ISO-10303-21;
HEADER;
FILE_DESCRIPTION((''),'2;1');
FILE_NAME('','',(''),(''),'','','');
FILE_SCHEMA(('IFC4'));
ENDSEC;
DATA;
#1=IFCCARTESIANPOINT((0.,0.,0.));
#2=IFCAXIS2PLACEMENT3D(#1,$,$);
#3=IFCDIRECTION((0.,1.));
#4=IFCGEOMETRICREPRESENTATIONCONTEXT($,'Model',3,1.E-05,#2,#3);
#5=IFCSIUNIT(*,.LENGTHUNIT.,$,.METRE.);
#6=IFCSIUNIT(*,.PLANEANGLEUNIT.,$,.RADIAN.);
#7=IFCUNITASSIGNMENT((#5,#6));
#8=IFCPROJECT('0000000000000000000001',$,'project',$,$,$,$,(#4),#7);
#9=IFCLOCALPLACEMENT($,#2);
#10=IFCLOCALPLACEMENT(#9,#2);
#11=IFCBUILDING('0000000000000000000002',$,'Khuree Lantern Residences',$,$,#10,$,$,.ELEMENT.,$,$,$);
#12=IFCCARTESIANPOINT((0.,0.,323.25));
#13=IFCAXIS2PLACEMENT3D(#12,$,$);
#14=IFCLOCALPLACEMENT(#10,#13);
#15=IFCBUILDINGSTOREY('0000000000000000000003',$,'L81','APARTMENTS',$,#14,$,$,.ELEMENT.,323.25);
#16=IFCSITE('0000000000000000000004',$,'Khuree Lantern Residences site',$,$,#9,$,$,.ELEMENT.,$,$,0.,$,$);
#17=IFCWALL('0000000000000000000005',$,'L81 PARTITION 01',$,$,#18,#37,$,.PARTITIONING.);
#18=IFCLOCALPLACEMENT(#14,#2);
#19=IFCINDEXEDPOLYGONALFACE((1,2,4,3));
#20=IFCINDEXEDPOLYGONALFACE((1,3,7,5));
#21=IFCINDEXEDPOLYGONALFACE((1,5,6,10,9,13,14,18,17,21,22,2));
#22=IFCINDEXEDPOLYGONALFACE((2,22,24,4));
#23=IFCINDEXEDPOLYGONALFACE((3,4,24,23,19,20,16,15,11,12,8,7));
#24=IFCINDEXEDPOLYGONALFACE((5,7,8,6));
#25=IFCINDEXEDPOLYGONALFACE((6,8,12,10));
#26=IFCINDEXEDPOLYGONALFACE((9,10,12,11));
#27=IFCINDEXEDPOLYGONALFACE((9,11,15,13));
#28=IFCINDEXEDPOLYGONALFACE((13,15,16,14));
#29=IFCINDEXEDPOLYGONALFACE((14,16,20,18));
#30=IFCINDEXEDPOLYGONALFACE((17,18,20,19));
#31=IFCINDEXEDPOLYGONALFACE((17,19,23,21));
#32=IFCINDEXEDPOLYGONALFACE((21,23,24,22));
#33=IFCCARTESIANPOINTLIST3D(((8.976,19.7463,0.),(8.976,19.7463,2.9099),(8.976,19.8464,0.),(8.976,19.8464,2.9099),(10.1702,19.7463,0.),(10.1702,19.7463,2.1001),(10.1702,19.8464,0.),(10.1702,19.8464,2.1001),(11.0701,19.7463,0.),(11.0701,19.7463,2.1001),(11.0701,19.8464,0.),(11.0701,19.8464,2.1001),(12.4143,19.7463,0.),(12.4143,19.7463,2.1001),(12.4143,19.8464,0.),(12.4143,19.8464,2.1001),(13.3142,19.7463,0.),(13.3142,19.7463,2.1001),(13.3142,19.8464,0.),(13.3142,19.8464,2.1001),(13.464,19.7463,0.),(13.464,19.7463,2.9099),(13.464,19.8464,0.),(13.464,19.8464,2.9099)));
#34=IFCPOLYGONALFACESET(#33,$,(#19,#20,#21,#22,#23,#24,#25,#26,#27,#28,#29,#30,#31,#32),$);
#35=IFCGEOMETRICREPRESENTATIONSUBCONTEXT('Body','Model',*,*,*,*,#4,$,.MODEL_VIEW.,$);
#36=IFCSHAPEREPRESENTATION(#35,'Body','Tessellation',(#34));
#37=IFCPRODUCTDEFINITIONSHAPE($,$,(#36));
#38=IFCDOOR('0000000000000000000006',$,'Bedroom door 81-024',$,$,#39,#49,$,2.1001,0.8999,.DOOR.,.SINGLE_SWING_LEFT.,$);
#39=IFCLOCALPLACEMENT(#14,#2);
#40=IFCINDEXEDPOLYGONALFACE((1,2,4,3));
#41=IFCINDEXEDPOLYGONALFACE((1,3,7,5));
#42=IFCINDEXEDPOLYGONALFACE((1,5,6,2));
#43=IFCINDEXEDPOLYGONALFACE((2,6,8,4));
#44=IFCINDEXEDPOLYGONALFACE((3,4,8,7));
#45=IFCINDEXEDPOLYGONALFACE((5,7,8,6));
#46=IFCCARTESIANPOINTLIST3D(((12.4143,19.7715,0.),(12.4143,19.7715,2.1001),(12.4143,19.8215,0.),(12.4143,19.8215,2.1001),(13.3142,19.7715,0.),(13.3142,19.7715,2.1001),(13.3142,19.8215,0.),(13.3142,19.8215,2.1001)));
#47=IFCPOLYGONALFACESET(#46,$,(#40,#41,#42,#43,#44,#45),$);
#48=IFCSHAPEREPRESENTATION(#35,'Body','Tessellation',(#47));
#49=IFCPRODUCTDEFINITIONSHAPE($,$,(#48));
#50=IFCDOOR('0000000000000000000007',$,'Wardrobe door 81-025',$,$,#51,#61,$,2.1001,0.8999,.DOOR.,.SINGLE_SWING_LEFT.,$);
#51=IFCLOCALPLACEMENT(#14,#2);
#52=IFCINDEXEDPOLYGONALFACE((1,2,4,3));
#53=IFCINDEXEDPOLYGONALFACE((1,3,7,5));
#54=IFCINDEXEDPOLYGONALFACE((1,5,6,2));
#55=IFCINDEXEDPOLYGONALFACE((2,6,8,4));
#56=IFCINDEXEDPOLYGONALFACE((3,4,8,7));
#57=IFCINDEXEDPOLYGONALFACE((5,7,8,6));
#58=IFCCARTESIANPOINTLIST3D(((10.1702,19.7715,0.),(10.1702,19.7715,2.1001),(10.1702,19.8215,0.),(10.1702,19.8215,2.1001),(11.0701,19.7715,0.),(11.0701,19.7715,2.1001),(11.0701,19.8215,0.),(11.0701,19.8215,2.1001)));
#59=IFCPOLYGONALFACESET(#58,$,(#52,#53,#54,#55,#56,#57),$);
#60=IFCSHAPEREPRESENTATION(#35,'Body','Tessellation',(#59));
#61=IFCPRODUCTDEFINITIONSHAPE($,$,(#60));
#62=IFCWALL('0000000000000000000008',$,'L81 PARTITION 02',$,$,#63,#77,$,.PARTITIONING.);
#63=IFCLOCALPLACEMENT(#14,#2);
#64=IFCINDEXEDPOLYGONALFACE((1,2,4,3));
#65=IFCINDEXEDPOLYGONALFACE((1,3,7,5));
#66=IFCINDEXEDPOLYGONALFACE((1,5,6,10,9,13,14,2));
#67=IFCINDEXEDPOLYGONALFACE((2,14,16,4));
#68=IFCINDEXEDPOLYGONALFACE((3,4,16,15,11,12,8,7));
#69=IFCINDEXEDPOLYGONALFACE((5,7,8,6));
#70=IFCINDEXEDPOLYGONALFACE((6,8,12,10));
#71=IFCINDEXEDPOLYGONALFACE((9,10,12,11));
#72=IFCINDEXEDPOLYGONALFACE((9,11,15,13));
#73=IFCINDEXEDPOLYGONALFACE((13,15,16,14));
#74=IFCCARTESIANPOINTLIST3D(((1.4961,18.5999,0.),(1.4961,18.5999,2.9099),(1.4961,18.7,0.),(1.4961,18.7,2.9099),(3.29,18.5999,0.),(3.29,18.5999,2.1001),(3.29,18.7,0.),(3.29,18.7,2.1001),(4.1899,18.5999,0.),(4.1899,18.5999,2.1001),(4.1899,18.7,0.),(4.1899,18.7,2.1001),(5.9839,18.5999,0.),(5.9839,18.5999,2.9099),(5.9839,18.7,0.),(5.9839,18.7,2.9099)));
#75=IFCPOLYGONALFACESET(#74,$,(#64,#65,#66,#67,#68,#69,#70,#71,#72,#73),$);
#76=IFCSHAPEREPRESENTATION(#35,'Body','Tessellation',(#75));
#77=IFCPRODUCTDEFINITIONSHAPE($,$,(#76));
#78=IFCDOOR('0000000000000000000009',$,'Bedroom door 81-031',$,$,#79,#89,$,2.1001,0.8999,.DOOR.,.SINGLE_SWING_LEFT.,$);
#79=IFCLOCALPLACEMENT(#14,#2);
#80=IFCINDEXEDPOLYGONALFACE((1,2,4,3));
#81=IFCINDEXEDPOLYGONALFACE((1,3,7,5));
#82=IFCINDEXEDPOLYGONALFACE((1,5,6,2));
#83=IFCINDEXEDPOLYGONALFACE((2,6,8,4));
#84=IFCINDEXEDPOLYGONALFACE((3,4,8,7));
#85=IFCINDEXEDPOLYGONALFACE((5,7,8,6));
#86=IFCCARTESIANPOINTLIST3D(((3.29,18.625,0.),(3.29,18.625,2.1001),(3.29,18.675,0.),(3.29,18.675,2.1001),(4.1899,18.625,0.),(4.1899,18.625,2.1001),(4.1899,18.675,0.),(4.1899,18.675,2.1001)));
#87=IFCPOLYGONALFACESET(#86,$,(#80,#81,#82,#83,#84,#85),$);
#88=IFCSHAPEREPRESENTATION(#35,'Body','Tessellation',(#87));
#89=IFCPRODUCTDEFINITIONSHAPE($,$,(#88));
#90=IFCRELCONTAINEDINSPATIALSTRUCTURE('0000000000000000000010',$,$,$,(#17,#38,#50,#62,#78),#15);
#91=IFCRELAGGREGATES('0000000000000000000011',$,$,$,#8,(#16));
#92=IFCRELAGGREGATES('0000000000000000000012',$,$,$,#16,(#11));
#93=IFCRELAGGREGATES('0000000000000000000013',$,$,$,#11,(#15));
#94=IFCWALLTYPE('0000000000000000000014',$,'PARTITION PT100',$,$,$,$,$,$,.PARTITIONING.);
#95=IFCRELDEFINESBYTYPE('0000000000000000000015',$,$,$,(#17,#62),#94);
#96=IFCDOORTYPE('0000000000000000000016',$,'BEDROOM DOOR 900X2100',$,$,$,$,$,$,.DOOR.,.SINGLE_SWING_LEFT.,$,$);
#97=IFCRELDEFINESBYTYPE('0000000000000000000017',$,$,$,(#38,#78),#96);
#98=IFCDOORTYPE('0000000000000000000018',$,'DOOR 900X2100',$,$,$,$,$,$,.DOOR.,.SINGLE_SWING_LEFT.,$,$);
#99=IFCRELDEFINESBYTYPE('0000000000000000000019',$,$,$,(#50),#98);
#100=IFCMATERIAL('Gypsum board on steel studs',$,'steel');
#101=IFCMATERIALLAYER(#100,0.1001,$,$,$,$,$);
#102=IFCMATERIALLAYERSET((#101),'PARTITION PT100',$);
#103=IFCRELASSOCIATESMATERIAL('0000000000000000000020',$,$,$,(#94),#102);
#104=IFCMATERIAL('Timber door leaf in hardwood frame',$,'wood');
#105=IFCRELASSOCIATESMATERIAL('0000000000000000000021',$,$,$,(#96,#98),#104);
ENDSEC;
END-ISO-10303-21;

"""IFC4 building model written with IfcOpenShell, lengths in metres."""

from ifc_helpers import new_model, si_unit, direction, frame, frame_2d, origin, place, context, subcontext, project, spatial, rectangle, extrude, material, layer, layer_set, type_object, element, fill, save


model = new_model("IFC4")

# Units and contexts
model_context = context("Model", 3, precision=1e-05, world=origin(), true_north=direction((0.0, 1.0)))
body_context = subcontext(model_context, "Body", "Model", "MODEL_VIEW")
ifc_project = project(units=[si_unit("LENGTHUNIT", "METRE"), si_unit("PLANEANGLEUNIT", "RADIAN")], contexts=[model_context])

# Site, building, storey
site_placement = place(None, origin())
site = spatial("IfcSite", under=ifc_project, at=site_placement, Name="Khuree Lantern Residences site", CompositionType="ELEMENT", RefElevation=0.0)
building_placement = place(site_placement, origin())
building = spatial("IfcBuilding", under=site, at=building_placement, Name="Khuree Lantern Residences", CompositionType="ELEMENT")
storey_placement = place(building_placement, frame((0.0, 0.0, 323.25)))
storey = spatial("IfcBuildingStorey", under=building, at=storey_placement, Name="L81", Description="APARTMENTS", CompositionType="ELEMENT", Elevation=323.25)

# Shared definitions
ifc_material_1 = material(Name="Gypsum board on steel studs", Category="steel")
ifc_layer_1 = layer(ifc_material_1, 0.1001)
ifc_layer_set_1 = layer_set([ifc_layer_1], Name="PARTITION PT100")
wall_type = type_object("IfcWallType", Name="PARTITION PT100", PredefinedType="PARTITIONING", material=ifc_layer_set_1)

# Wall, openings, doors
wall_1_placement = place(storey_placement, frame((13.4641, 19.7964, 0.0), z_axis=(0.0, 0.0, 1.0), x_axis=(-1.0, 0.0, 0.0)))
wall_1 = element("IfcWall", 1, at=wall_1_placement, inside=storey, type_object=wall_type, Name="L81 PARTITION 01", PredefinedType="PARTITIONING", context=body_context, shape_type="SweptSolid", body=[
    extrude(rectangle(XDim=4.488, YDim=0.1001, at=frame_2d((2.2441, 0.0))), origin(), (0.0, 0.0, 1.0), 2.9099),
])
opening_1_placement = place(wall_1_placement, frame((0.1499, 0.0, 0.0)))
opening_1 = element("IfcOpeningElement", 2, at=opening_1_placement, cuts=wall_1, PredefinedType="OPENING", context=body_context, shape_type="SweptSolid", body=[
    extrude(rectangle(XDim=0.8999, YDim=2.1001, at=frame_2d((0.45, 1.05))), frame((0.0, 0.0601, 0.0), z_axis=(0.0, -1.0, 0.0), x_axis=(1.0, 0.0, 0.0)), (0.0, 0.0, 1.0), 0.1201),
])
opening_2_placement = place(wall_1_placement, frame((2.394, 0.0, 0.0)))
opening_2 = element("IfcOpeningElement", 3, at=opening_2_placement, cuts=wall_1, PredefinedType="OPENING", context=body_context, shape_type="SweptSolid", body=[
    extrude(rectangle(XDim=0.8999, YDim=2.1001, at=frame_2d((0.45, 1.05))), frame((0.0, 0.0601, 0.0), z_axis=(0.0, -1.0, 0.0), x_axis=(1.0, 0.0, 0.0)), (0.0, 0.0, 1.0), 0.1201),
])
ifc_material_2 = material(Name="Timber door leaf in hardwood frame", Category="wood")
door_type_1 = type_object("IfcDoorType", Name="BEDROOM DOOR 900X2100", OperationType="SINGLE_SWING_LEFT", PredefinedType="DOOR", material=ifc_material_2)
door_1_placement = place(opening_1_placement, origin())
door_1 = element("IfcDoor", 4, at=door_1_placement, inside=storey, type_object=door_type_1, Name="Bedroom door 81-024", OperationType="SINGLE_SWING_LEFT", OverallHeight=2.1001, OverallWidth=0.8999, PredefinedType="DOOR", context=body_context, shape_type="SweptSolid", body=[
    extrude(rectangle(XDim=0.8999, YDim=2.1001, at=frame_2d((0.45, 1.05))), frame((0.0, 0.0249, 0.0), z_axis=(0.0, -1.0, 0.0), x_axis=(1.0, 0.0, 0.0)), (0.0, 0.0, 1.0), 0.05),
])
fill(opening_1, door_1)
door_type_2 = type_object("IfcDoorType", Name="DOOR 900X2100", OperationType="SINGLE_SWING_LEFT", PredefinedType="DOOR", material=ifc_material_2)
door_2_placement = place(opening_2_placement, origin())
door_2 = element("IfcDoor", 5, at=door_2_placement, inside=storey, type_object=door_type_2, Name="Wardrobe door 81-025", OperationType="SINGLE_SWING_LEFT", OverallHeight=2.1001, OverallWidth=0.8999, PredefinedType="DOOR", context=body_context, shape_type="SweptSolid", body=[
    extrude(rectangle(XDim=0.8999, YDim=2.1001, at=frame_2d((0.45, 1.05))), frame((0.0, 0.0249, 0.0), z_axis=(0.0, -1.0, 0.0), x_axis=(1.0, 0.0, 0.0)), (0.0, 0.0, 1.0), 0.05),
])
fill(opening_2, door_2)

# Wall, opening, door
wall_2_placement = place(storey_placement, frame((5.9839, 18.6499, 0.0), z_axis=(0.0, 0.0, 1.0), x_axis=(-1.0, 0.0, 0.0)))
wall_2 = element("IfcWall", 6, at=wall_2_placement, inside=storey, type_object=wall_type, Name="L81 PARTITION 02", PredefinedType="PARTITIONING", context=body_context, shape_type="SweptSolid", body=[
    extrude(rectangle(XDim=4.4878, YDim=0.1001, at=frame_2d((2.2439, 0.0))), origin(), (0.0, 0.0, 1.0), 2.9099),
])
opening_3_placement = place(wall_2_placement, frame((1.7939, 0.0, 0.0)))
opening_3 = element("IfcOpeningElement", 7, at=opening_3_placement, cuts=wall_2, PredefinedType="OPENING", context=body_context, shape_type="SweptSolid", body=[
    extrude(rectangle(XDim=0.8999, YDim=2.1001, at=frame_2d((0.45, 1.05))), frame((0.0, 0.0601, 0.0), z_axis=(0.0, -1.0, 0.0), x_axis=(1.0, 0.0, 0.0)), (0.0, 0.0, 1.0), 0.1201),
])
door_3_placement = place(opening_3_placement, origin())
door_3 = element("IfcDoor", 8, at=door_3_placement, inside=storey, type_object=door_type_1, Name="Bedroom door 81-031", OperationType="SINGLE_SWING_LEFT", OverallHeight=2.1001, OverallWidth=0.8999, PredefinedType="DOOR", context=body_context, shape_type="SweptSolid", body=[
    extrude(rectangle(XDim=0.8999, YDim=2.1001, at=frame_2d((0.45, 1.05))), frame((0.0, 0.0249, 0.0), z_axis=(0.0, -1.0, 0.0), x_axis=(1.0, 0.0, 0.0)), (0.0, 0.0, 1.0), 0.05),
])
fill(opening_3, door_3)

save(model, "model.ifc")
